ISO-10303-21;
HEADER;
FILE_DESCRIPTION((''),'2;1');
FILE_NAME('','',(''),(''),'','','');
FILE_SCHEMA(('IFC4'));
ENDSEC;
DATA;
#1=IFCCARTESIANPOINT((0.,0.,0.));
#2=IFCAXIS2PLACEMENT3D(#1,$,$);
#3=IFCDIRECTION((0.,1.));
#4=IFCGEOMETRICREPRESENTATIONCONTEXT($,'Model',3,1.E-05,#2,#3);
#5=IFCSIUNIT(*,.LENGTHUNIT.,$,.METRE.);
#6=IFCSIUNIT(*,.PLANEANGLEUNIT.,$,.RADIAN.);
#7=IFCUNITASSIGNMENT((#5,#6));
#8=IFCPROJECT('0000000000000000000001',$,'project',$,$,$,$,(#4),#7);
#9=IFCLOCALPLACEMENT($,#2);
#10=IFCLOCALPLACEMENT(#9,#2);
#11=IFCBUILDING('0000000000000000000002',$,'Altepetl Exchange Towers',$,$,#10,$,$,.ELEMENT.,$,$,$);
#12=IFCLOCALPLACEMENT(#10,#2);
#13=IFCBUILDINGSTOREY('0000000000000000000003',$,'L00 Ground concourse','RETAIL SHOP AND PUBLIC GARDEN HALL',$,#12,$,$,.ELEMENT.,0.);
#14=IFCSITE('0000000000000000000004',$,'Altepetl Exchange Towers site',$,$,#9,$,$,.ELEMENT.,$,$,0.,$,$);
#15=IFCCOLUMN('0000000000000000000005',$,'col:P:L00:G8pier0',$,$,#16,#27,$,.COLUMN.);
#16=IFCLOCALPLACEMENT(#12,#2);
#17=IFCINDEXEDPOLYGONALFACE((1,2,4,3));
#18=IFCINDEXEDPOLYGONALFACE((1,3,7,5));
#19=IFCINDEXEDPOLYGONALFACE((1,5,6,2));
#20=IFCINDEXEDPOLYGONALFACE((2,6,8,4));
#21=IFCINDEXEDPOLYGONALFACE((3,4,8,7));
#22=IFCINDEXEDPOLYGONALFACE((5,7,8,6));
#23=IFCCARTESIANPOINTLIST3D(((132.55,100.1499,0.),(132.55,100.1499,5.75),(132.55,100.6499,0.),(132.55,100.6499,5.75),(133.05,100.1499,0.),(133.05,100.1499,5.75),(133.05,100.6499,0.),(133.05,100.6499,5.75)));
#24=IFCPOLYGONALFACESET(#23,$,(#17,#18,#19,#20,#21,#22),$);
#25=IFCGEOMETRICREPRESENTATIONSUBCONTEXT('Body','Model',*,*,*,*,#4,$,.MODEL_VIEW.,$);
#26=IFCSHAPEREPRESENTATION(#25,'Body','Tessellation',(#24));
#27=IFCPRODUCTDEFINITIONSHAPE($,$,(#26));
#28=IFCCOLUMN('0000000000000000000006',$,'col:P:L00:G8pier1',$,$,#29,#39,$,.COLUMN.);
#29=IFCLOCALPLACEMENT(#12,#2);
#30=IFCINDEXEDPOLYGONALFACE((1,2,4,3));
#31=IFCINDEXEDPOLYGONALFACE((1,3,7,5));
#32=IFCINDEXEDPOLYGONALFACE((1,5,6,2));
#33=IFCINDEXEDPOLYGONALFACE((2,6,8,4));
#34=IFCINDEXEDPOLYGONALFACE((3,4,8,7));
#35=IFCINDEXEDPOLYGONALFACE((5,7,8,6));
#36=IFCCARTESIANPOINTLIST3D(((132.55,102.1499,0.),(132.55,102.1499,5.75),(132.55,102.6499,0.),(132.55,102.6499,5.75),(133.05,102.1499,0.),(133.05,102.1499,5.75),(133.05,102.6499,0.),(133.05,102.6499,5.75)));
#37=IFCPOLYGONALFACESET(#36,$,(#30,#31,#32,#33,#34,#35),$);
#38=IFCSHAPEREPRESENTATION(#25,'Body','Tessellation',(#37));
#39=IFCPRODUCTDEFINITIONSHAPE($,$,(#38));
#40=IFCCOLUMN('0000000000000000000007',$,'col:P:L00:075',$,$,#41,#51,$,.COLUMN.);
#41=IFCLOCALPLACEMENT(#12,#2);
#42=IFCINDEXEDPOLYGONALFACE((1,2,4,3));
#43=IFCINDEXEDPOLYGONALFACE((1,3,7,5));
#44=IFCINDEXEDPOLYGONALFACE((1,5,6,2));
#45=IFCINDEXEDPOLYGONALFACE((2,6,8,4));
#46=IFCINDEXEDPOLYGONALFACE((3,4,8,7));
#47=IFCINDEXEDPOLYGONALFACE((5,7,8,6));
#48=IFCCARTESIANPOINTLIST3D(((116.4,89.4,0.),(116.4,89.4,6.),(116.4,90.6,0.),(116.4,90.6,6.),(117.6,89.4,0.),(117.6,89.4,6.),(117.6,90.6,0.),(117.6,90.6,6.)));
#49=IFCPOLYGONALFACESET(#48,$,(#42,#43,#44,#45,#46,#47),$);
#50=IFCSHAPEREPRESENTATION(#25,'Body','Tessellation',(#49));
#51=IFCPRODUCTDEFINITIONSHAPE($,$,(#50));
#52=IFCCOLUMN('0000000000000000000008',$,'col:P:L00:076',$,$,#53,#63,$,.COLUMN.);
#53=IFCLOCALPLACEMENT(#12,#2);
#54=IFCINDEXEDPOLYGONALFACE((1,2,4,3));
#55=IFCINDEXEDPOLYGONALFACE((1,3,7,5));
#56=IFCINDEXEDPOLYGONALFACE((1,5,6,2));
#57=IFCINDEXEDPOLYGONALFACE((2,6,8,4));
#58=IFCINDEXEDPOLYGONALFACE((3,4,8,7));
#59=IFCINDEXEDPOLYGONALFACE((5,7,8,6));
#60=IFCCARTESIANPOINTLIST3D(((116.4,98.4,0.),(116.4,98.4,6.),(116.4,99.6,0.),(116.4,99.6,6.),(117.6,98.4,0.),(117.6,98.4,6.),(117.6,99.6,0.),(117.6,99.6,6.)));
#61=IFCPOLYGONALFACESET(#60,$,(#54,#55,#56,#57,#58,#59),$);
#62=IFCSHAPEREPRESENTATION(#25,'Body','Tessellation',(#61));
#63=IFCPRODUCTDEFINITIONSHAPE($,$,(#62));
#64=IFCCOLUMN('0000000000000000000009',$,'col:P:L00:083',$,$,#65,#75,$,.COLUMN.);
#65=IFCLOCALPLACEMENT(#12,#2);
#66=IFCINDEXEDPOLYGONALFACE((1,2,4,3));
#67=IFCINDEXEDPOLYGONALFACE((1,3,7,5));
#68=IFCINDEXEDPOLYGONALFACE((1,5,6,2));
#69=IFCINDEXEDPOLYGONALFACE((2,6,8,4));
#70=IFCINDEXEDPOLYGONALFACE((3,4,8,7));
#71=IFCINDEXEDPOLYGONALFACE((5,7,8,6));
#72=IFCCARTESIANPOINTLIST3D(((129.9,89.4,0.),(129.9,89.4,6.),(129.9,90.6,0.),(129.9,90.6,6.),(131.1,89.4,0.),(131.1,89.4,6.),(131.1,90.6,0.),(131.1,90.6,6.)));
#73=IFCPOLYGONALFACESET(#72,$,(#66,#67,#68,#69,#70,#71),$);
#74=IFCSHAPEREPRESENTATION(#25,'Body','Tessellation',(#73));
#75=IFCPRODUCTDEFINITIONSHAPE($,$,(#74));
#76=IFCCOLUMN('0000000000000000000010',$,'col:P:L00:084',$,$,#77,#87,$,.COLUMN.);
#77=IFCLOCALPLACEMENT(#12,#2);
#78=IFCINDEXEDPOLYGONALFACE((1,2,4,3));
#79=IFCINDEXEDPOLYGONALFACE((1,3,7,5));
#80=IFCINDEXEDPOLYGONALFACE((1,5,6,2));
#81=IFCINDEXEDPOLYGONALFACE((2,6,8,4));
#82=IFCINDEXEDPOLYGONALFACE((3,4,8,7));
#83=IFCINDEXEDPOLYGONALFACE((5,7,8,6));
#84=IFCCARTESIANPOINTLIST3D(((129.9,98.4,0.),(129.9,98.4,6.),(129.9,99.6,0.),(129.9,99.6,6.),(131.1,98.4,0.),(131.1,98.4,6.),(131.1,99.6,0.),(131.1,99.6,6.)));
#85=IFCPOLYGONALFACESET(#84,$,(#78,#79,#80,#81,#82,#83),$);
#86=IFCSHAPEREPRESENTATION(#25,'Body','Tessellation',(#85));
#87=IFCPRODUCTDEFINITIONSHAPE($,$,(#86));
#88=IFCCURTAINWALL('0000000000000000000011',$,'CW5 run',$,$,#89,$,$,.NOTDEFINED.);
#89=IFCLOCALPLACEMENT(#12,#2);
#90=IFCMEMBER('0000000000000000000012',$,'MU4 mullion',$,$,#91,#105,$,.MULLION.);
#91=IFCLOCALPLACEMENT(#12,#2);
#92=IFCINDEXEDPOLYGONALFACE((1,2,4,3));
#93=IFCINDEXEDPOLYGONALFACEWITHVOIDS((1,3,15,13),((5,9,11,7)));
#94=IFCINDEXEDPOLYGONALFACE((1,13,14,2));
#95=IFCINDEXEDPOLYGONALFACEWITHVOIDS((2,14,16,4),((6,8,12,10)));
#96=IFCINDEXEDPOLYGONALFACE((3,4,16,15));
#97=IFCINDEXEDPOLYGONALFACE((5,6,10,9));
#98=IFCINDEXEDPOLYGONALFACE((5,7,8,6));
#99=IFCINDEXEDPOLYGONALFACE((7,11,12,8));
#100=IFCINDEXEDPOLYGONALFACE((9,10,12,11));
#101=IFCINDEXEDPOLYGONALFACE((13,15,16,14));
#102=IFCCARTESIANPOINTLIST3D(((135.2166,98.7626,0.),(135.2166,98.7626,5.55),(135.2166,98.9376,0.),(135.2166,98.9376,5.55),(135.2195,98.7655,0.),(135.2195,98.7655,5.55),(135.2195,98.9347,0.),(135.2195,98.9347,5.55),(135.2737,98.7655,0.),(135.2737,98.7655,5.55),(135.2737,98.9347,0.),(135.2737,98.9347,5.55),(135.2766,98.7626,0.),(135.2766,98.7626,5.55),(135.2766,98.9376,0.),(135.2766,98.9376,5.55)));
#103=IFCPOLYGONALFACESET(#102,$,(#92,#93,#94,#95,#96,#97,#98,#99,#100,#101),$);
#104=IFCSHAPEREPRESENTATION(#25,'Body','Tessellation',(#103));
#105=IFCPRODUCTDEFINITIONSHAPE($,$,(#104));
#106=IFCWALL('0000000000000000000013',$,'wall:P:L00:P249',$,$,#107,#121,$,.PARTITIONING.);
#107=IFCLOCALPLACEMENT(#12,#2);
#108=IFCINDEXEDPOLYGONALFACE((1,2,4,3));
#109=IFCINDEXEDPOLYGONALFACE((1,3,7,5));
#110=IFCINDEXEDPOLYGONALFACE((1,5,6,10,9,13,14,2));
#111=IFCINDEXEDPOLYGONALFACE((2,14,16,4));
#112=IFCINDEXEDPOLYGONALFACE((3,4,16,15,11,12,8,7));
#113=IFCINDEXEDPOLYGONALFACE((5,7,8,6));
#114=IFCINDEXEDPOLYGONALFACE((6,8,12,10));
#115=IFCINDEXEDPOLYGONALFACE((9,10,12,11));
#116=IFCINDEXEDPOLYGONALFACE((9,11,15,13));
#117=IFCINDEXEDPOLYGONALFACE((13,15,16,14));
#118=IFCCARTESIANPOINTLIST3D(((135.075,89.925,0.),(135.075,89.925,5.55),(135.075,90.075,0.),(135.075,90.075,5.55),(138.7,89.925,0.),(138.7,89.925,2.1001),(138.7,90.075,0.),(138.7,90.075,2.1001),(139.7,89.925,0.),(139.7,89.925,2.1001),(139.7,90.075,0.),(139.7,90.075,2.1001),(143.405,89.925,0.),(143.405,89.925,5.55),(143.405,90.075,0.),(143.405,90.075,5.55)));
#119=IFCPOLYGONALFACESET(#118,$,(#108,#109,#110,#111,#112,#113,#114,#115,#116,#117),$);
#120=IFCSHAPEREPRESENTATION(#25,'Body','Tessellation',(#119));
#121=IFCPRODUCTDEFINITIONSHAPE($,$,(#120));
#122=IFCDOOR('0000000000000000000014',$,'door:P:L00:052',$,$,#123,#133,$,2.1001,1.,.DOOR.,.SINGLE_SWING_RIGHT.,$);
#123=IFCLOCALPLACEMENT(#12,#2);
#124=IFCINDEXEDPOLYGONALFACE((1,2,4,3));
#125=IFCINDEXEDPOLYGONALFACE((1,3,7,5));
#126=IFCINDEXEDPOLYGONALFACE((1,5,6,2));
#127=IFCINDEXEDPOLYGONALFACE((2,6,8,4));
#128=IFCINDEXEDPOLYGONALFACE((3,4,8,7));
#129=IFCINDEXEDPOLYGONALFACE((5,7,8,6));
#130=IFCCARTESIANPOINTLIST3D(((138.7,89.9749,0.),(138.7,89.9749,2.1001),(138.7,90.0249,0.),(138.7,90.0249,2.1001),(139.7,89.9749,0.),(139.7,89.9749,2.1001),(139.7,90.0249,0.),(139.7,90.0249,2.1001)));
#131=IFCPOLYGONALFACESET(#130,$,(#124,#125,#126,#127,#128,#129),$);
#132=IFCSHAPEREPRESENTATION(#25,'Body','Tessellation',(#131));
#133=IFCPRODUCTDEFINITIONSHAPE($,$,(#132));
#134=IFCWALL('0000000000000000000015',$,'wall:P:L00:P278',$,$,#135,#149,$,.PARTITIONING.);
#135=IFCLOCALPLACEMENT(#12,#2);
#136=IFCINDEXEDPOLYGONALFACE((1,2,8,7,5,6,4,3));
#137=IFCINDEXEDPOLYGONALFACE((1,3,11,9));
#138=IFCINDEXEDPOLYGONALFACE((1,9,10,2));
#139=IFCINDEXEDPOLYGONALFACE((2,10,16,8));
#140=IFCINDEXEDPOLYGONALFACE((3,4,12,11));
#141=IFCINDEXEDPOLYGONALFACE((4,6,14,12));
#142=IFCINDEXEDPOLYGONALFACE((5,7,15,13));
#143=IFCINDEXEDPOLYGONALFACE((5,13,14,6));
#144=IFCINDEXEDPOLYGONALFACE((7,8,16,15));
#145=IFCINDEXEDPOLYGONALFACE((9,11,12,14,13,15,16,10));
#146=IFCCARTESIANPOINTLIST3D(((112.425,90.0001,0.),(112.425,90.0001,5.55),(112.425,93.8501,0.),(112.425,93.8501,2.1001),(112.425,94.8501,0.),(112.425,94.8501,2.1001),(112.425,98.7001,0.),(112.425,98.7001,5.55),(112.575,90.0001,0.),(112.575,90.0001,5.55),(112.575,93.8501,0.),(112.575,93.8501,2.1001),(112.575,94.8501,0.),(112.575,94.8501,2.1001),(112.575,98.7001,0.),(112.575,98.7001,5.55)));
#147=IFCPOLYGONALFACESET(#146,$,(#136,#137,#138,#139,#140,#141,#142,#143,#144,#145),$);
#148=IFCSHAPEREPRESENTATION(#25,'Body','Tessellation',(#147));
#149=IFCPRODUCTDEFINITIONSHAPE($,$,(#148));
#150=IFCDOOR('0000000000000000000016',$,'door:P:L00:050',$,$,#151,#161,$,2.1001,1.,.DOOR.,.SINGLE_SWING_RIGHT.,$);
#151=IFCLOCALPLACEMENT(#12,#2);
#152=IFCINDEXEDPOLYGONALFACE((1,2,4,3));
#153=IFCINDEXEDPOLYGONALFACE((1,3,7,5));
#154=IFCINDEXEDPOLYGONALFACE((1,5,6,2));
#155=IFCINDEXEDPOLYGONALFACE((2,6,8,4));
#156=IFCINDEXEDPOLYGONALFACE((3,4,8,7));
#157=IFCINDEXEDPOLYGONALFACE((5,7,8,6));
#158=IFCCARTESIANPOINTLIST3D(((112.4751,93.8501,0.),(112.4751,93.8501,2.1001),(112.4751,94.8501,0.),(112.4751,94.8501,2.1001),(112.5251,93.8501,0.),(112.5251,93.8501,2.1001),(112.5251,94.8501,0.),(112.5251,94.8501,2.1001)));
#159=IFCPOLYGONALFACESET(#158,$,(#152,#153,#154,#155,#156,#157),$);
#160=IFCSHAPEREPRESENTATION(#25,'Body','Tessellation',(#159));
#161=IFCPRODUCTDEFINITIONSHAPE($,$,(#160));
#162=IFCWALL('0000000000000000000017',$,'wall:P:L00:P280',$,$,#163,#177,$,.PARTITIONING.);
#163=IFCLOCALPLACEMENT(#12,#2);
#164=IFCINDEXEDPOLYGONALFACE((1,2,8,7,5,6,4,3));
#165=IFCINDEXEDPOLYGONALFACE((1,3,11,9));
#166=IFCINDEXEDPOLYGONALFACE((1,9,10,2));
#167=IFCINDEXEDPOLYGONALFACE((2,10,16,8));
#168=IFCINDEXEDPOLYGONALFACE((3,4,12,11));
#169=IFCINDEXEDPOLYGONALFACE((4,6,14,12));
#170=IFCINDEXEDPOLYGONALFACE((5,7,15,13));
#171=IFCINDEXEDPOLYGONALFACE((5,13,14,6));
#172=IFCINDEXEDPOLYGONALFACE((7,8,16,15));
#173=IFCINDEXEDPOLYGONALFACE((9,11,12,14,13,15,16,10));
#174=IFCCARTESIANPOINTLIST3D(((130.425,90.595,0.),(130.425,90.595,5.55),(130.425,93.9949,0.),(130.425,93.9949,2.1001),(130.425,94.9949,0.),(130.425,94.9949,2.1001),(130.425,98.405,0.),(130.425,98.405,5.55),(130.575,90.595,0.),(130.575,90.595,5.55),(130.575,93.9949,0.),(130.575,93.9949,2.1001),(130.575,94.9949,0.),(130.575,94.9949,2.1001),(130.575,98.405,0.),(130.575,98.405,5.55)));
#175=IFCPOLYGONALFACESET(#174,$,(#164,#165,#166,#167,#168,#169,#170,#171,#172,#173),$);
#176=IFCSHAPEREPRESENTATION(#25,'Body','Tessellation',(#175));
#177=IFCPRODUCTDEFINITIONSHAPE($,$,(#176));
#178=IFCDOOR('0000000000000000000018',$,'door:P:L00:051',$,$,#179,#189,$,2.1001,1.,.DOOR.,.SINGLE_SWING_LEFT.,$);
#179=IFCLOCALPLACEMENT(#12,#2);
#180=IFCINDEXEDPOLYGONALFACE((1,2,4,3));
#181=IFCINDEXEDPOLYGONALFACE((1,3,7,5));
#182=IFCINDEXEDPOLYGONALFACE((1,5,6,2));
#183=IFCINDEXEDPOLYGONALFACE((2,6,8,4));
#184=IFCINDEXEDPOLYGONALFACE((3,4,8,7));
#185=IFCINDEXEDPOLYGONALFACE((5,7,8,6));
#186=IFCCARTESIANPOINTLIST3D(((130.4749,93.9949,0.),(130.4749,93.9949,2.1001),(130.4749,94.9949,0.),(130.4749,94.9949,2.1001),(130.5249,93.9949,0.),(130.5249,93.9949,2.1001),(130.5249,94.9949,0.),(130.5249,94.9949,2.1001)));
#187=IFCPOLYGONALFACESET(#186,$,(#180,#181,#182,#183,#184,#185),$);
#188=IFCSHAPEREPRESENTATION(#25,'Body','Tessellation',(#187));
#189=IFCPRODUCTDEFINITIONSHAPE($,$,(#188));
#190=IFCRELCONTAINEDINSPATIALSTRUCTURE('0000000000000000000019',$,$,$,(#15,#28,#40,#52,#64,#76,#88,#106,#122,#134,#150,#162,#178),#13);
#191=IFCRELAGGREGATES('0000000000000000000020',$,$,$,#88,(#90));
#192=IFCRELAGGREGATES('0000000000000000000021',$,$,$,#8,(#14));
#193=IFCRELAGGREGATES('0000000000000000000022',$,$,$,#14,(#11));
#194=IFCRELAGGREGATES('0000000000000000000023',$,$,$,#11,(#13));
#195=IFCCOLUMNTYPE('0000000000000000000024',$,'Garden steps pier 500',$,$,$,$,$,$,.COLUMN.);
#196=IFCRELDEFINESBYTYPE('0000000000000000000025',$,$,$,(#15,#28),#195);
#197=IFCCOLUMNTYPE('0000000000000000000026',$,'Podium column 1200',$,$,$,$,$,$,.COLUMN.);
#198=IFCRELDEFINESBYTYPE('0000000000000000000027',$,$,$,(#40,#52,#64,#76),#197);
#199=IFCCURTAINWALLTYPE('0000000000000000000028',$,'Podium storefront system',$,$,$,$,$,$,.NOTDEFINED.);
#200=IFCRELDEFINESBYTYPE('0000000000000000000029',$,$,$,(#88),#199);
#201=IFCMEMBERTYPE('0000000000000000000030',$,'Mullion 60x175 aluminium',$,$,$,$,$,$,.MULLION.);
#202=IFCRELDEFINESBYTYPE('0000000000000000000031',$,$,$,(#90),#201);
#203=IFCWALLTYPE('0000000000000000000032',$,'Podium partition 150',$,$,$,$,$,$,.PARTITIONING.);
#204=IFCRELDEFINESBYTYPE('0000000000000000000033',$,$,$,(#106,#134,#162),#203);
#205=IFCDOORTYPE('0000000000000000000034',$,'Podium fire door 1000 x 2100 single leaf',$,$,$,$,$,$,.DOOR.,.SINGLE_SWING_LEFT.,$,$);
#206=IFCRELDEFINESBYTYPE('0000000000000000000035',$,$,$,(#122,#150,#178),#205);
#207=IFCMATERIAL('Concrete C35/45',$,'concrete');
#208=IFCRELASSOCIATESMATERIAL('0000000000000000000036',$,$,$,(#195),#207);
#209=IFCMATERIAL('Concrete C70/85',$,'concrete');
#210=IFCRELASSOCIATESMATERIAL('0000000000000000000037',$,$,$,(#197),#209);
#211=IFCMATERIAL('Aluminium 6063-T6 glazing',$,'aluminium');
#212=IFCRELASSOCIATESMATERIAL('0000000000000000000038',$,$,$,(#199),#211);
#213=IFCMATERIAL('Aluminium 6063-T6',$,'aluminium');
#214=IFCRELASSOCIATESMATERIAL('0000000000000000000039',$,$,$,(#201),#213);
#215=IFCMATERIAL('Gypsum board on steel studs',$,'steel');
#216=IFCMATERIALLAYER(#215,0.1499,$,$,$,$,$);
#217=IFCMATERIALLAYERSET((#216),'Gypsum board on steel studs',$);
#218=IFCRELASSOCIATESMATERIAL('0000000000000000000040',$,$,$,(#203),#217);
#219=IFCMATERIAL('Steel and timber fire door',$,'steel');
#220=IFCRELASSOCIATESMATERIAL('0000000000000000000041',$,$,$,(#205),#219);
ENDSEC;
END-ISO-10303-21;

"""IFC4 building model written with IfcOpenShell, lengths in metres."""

from ifc_helpers import new_model, si_unit, direction, frame, frame_2d, origin, origin_2d, place, context, subcontext, project, spatial, rectangle, hollow_rectangle, extrude, material, layer, layer_set, material_profile, profile_set, type_object, element, fill, aggregate, save


model = new_model("IFC4")

# Units and contexts
model_context = context("Model", 3, precision=1e-05, world=origin(), true_north=direction((0.0, 1.0)))
body_context = subcontext(model_context, "Body", "Model", "MODEL_VIEW")
ifc_project = project(units=[si_unit("LENGTHUNIT", "METRE"), si_unit("PLANEANGLEUNIT", "RADIAN")], contexts=[model_context])

# Site, building, storey
site_placement = place(None, origin())
site = spatial("IfcSite", under=ifc_project, at=site_placement, Name="Altepetl Exchange Towers site", CompositionType="ELEMENT", RefElevation=0.0)
building_placement = place(site_placement, origin())
building = spatial("IfcBuilding", under=site, at=building_placement, Name="Altepetl Exchange Towers", CompositionType="ELEMENT")
storey_placement = place(building_placement, origin())
storey = spatial("IfcBuildingStorey", under=building, at=storey_placement, Name="L00 Ground concourse", Description="RETAIL SHOP AND PUBLIC GARDEN HALL", CompositionType="ELEMENT", Elevation=0.0)

# Columns
ifc_material_1 = material(Name="Concrete C35/45", Category="concrete")
ifc_material_profile_1 = material_profile(ifc_material_1, rectangle(XDim=0.5, YDim=0.5, at=origin_2d()), Name="500 x 500")
ifc_profile_set_1 = profile_set([ifc_material_profile_1], Name="Concrete C35/45")
column_type_1 = type_object("IfcColumnType", Name="Garden steps pier 500", PredefinedType="COLUMN", material=ifc_profile_set_1)
for number, where, name in (
    (1, (132.8, 100.3999, 0.0), "col:P:L00:G8pier0"),
    (2, (132.8, 102.3999, 0.0), "col:P:L00:G8pier1"),
):
    element("IfcColumn", number, at=place(storey_placement, frame(where)), inside=storey, type_object=column_type_1, Name=name, PredefinedType="COLUMN", context=body_context, shape_type="SweptSolid", body=[
        extrude(rectangle(XDim=0.5, YDim=0.5, at=origin_2d()), origin(), (0.0, 0.0, 1.0), 5.75),
    ])
ifc_material_2 = material(Name="Concrete C70/85", Category="concrete")
ifc_material_profile_2 = material_profile(ifc_material_2, rectangle(XDim=1.2, YDim=1.2, at=origin_2d()), Name="1200 x 1200")
ifc_profile_set_2 = profile_set([ifc_material_profile_2], Name="Concrete C70/85")
column_type_2 = type_object("IfcColumnType", Name="Podium column 1200", PredefinedType="COLUMN", material=ifc_profile_set_2)
for number, where, name in (
    (3, (117.0, 90.0, 0.0), "col:P:L00:075"),
    (4, (117.0, 99.0, 0.0), "col:P:L00:076"),
    (5, (130.5, 90.0, 0.0), "col:P:L00:083"),
    (6, (130.5, 99.0, 0.0), "col:P:L00:084"),
):
    element("IfcColumn", number, at=place(storey_placement, frame(where)), inside=storey, type_object=column_type_2, Name=name, PredefinedType="COLUMN", context=body_context, shape_type="SweptSolid", body=[
        extrude(rectangle(XDim=1.2, YDim=1.2, at=origin_2d()), origin(), (0.0, 0.0, 1.0), 6.0),
    ])

# Curtain wall, member
ifc_material_3 = material(Name="Aluminium 6063-T6 glazing", Category="aluminium")
curtain_wall_type = type_object("IfcCurtainWallType", Name="Podium storefront system", PredefinedType="NOTDEFINED", material=ifc_material_3)
curtain_wall_placement = place(storey_placement, origin())
curtain_wall = element("IfcCurtainWall", 7, at=curtain_wall_placement, inside=storey, type_object=curtain_wall_type, Name="CW5 run", PredefinedType="NOTDEFINED")
ifc_material_4 = material(Name="Aluminium 6063-T6", Category="aluminium")
ifc_material_profile_3 = material_profile(ifc_material_4, hollow_rectangle(XDim=0.0601, YDim=0.175, WallThickness=0.0029, at=origin_2d()), Name="Mullion 60x175 aluminium")
ifc_profile_set_3 = profile_set([ifc_material_profile_3], Name="Aluminium 6063-T6")
member_type = type_object("IfcMemberType", Name="Mullion 60x175 aluminium", PredefinedType="MULLION", material=ifc_profile_set_3)
member_placement = place(storey_placement, frame((135.2466, 98.8501, 0.0), z_axis=(0.0, 0.0, 1.0), x_axis=(-1.0, 0.0, 0.0)))
member = element("IfcMember", 8, at=member_placement, type_object=member_type, Name="MU4 mullion", PredefinedType="MULLION", context=body_context, shape_type="SweptSolid", body=[
    extrude(hollow_rectangle(XDim=0.0601, YDim=0.175, WallThickness=0.0029, at=origin_2d()), origin(), (0.0, 0.0, 1.0), 5.55),
])
aggregate(curtain_wall, [member])

# Walls, openings, doors
ifc_material_5 = material(Name="Gypsum board on steel studs", Category="steel")
ifc_layer_1 = layer(ifc_material_5, 0.1499)
ifc_layer_set_1 = layer_set([ifc_layer_1], Name="Gypsum board on steel studs")
wall_type_1 = type_object("IfcWallType", Name="Podium partition 150", PredefinedType="PARTITIONING", material=ifc_layer_set_1)
wall_1_placement = place(storey_placement, frame((135.075, 90.0, 0.0)))
wall_1 = element("IfcWall", 9, at=wall_1_placement, inside=storey, type_object=wall_type_1, Name="wall:P:L00:P249", PredefinedType="PARTITIONING", context=body_context, shape_type="SweptSolid", body=[
    extrude(rectangle(XDim=8.3301, YDim=0.1499, at=frame_2d((4.165, 0.0))), origin(), (0.0, 0.0, 1.0), 5.55),
])
opening_1_placement = place(wall_1_placement, frame((3.625, 0.0, 0.0)))
opening_1 = element("IfcOpeningElement", 10, at=opening_1_placement, cuts=wall_1, PredefinedType="OPENING", context=body_context, shape_type="SweptSolid", body=[
    extrude(rectangle(XDim=1.0, YDim=2.1001, at=frame_2d((0.5, 1.05))), frame((0.0, 0.085, 0.0), z_axis=(0.0, -1.0, 0.0), x_axis=(1.0, 0.0, 0.0)), (0.0, 0.0, 1.0), 0.1699),
])
ifc_material_6 = material(Name="Steel and timber fire door", Category="steel")
door_type_1 = type_object("IfcDoorType", Name="Podium fire door 1000 x 2100 single leaf", OperationType="SINGLE_SWING_LEFT", PredefinedType="DOOR", material=ifc_material_6)
door_1_placement = place(opening_1_placement, origin())
door_1 = element("IfcDoor", 11, at=door_1_placement, inside=storey, type_object=door_type_1, Name="door:P:L00:052", OperationType="SINGLE_SWING_RIGHT", OverallHeight=2.1001, OverallWidth=1.0, PredefinedType="DOOR", context=body_context, shape_type="SweptSolid", body=[
    extrude(rectangle(XDim=1.0, YDim=2.1001, at=frame_2d((0.5, 1.05))), frame((0.0, 0.0249, 0.0), z_axis=(0.0, -1.0, 0.0), x_axis=(1.0, 0.0, 0.0)), (0.0, 0.0, 1.0), 0.05),
])
fill(opening_1, door_1)
wall_2_placement = place(storey_placement, frame((112.5, 90.0, 0.0), z_axis=(0.0, 0.0, 1.0), x_axis=(0.0, 1.0, 0.0)))
wall_2 = element("IfcWall", 12, at=wall_2_placement, inside=storey, type_object=wall_type_1, Name="wall:P:L00:P278", PredefinedType="PARTITIONING", context=body_context, shape_type="SweptSolid", body=[
    extrude(rectangle(XDim=8.7, YDim=0.1499, at=frame_2d((4.3501, 0.0))), origin(), (0.0, 0.0, 1.0), 5.55),
])
opening_2_placement = place(wall_2_placement, frame((3.8501, 0.0, 0.0)))
opening_2 = element("IfcOpeningElement", 13, at=opening_2_placement, cuts=wall_2, PredefinedType="OPENING", context=body_context, shape_type="SweptSolid", body=[
    extrude(rectangle(XDim=1.0, YDim=2.1001, at=frame_2d((0.5, 1.05))), frame((0.0, 0.085, 0.0), z_axis=(0.0, -1.0, 0.0), x_axis=(1.0, 0.0, 0.0)), (0.0, 0.0, 1.0), 0.1699),
])
door_2_placement = place(opening_2_placement, origin())
door_2 = element("IfcDoor", 14, at=door_2_placement, inside=storey, type_object=door_type_1, Name="door:P:L00:050", OperationType="SINGLE_SWING_RIGHT", OverallHeight=2.1001, OverallWidth=1.0, PredefinedType="DOOR", context=body_context, shape_type="SweptSolid", body=[
    extrude(rectangle(XDim=1.0, YDim=2.1001, at=frame_2d((0.5, 1.05))), frame((0.0, 0.0249, 0.0), z_axis=(0.0, -1.0, 0.0), x_axis=(1.0, 0.0, 0.0)), (0.0, 0.0, 1.0), 0.05),
])
fill(opening_2, door_2)
wall_3_placement = place(storey_placement, frame((130.5, 90.595, 0.0), z_axis=(0.0, 0.0, 1.0), x_axis=(0.0, 1.0, 0.0)))
wall_3 = element("IfcWall", 15, at=wall_3_placement, inside=storey, type_object=wall_type_1, Name="wall:P:L00:P280", PredefinedType="PARTITIONING", context=body_context, shape_type="SweptSolid", body=[
    extrude(rectangle(XDim=7.8101, YDim=0.1499, at=frame_2d((3.905, 0.0))), origin(), (0.0, 0.0, 1.0), 5.55),
])
opening_3_placement = place(wall_3_placement, frame((3.3999, 0.0, 0.0)))
opening_3 = element("IfcOpeningElement", 16, at=opening_3_placement, cuts=wall_3, PredefinedType="OPENING", context=body_context, shape_type="SweptSolid", body=[
    extrude(rectangle(XDim=1.0, YDim=2.1001, at=frame_2d((0.5, 1.05))), frame((0.0, 0.085, 0.0), z_axis=(0.0, -1.0, 0.0), x_axis=(1.0, 0.0, 0.0)), (0.0, 0.0, 1.0), 0.1699),
])
door_3_placement = place(opening_3_placement, frame((1.0, 0.0, 0.0), x_axis=(-1.0, 0.0, 0.0)))
door_3 = element("IfcDoor", 17, at=door_3_placement, inside=storey, type_object=door_type_1, Name="door:P:L00:051", OperationType="SINGLE_SWING_LEFT", OverallHeight=2.1001, OverallWidth=1.0, PredefinedType="DOOR", context=body_context, shape_type="SweptSolid", body=[
    extrude(rectangle(XDim=1.0, YDim=2.1001, at=frame_2d((0.5, 1.05))), frame((0.0, 0.0249, 0.0), z_axis=(0.0, -1.0, 0.0), x_axis=(1.0, 0.0, 0.0)), (0.0, 0.0, 1.0), 0.05),
])
fill(opening_3, door_3)

save(model, "model.ifc")
